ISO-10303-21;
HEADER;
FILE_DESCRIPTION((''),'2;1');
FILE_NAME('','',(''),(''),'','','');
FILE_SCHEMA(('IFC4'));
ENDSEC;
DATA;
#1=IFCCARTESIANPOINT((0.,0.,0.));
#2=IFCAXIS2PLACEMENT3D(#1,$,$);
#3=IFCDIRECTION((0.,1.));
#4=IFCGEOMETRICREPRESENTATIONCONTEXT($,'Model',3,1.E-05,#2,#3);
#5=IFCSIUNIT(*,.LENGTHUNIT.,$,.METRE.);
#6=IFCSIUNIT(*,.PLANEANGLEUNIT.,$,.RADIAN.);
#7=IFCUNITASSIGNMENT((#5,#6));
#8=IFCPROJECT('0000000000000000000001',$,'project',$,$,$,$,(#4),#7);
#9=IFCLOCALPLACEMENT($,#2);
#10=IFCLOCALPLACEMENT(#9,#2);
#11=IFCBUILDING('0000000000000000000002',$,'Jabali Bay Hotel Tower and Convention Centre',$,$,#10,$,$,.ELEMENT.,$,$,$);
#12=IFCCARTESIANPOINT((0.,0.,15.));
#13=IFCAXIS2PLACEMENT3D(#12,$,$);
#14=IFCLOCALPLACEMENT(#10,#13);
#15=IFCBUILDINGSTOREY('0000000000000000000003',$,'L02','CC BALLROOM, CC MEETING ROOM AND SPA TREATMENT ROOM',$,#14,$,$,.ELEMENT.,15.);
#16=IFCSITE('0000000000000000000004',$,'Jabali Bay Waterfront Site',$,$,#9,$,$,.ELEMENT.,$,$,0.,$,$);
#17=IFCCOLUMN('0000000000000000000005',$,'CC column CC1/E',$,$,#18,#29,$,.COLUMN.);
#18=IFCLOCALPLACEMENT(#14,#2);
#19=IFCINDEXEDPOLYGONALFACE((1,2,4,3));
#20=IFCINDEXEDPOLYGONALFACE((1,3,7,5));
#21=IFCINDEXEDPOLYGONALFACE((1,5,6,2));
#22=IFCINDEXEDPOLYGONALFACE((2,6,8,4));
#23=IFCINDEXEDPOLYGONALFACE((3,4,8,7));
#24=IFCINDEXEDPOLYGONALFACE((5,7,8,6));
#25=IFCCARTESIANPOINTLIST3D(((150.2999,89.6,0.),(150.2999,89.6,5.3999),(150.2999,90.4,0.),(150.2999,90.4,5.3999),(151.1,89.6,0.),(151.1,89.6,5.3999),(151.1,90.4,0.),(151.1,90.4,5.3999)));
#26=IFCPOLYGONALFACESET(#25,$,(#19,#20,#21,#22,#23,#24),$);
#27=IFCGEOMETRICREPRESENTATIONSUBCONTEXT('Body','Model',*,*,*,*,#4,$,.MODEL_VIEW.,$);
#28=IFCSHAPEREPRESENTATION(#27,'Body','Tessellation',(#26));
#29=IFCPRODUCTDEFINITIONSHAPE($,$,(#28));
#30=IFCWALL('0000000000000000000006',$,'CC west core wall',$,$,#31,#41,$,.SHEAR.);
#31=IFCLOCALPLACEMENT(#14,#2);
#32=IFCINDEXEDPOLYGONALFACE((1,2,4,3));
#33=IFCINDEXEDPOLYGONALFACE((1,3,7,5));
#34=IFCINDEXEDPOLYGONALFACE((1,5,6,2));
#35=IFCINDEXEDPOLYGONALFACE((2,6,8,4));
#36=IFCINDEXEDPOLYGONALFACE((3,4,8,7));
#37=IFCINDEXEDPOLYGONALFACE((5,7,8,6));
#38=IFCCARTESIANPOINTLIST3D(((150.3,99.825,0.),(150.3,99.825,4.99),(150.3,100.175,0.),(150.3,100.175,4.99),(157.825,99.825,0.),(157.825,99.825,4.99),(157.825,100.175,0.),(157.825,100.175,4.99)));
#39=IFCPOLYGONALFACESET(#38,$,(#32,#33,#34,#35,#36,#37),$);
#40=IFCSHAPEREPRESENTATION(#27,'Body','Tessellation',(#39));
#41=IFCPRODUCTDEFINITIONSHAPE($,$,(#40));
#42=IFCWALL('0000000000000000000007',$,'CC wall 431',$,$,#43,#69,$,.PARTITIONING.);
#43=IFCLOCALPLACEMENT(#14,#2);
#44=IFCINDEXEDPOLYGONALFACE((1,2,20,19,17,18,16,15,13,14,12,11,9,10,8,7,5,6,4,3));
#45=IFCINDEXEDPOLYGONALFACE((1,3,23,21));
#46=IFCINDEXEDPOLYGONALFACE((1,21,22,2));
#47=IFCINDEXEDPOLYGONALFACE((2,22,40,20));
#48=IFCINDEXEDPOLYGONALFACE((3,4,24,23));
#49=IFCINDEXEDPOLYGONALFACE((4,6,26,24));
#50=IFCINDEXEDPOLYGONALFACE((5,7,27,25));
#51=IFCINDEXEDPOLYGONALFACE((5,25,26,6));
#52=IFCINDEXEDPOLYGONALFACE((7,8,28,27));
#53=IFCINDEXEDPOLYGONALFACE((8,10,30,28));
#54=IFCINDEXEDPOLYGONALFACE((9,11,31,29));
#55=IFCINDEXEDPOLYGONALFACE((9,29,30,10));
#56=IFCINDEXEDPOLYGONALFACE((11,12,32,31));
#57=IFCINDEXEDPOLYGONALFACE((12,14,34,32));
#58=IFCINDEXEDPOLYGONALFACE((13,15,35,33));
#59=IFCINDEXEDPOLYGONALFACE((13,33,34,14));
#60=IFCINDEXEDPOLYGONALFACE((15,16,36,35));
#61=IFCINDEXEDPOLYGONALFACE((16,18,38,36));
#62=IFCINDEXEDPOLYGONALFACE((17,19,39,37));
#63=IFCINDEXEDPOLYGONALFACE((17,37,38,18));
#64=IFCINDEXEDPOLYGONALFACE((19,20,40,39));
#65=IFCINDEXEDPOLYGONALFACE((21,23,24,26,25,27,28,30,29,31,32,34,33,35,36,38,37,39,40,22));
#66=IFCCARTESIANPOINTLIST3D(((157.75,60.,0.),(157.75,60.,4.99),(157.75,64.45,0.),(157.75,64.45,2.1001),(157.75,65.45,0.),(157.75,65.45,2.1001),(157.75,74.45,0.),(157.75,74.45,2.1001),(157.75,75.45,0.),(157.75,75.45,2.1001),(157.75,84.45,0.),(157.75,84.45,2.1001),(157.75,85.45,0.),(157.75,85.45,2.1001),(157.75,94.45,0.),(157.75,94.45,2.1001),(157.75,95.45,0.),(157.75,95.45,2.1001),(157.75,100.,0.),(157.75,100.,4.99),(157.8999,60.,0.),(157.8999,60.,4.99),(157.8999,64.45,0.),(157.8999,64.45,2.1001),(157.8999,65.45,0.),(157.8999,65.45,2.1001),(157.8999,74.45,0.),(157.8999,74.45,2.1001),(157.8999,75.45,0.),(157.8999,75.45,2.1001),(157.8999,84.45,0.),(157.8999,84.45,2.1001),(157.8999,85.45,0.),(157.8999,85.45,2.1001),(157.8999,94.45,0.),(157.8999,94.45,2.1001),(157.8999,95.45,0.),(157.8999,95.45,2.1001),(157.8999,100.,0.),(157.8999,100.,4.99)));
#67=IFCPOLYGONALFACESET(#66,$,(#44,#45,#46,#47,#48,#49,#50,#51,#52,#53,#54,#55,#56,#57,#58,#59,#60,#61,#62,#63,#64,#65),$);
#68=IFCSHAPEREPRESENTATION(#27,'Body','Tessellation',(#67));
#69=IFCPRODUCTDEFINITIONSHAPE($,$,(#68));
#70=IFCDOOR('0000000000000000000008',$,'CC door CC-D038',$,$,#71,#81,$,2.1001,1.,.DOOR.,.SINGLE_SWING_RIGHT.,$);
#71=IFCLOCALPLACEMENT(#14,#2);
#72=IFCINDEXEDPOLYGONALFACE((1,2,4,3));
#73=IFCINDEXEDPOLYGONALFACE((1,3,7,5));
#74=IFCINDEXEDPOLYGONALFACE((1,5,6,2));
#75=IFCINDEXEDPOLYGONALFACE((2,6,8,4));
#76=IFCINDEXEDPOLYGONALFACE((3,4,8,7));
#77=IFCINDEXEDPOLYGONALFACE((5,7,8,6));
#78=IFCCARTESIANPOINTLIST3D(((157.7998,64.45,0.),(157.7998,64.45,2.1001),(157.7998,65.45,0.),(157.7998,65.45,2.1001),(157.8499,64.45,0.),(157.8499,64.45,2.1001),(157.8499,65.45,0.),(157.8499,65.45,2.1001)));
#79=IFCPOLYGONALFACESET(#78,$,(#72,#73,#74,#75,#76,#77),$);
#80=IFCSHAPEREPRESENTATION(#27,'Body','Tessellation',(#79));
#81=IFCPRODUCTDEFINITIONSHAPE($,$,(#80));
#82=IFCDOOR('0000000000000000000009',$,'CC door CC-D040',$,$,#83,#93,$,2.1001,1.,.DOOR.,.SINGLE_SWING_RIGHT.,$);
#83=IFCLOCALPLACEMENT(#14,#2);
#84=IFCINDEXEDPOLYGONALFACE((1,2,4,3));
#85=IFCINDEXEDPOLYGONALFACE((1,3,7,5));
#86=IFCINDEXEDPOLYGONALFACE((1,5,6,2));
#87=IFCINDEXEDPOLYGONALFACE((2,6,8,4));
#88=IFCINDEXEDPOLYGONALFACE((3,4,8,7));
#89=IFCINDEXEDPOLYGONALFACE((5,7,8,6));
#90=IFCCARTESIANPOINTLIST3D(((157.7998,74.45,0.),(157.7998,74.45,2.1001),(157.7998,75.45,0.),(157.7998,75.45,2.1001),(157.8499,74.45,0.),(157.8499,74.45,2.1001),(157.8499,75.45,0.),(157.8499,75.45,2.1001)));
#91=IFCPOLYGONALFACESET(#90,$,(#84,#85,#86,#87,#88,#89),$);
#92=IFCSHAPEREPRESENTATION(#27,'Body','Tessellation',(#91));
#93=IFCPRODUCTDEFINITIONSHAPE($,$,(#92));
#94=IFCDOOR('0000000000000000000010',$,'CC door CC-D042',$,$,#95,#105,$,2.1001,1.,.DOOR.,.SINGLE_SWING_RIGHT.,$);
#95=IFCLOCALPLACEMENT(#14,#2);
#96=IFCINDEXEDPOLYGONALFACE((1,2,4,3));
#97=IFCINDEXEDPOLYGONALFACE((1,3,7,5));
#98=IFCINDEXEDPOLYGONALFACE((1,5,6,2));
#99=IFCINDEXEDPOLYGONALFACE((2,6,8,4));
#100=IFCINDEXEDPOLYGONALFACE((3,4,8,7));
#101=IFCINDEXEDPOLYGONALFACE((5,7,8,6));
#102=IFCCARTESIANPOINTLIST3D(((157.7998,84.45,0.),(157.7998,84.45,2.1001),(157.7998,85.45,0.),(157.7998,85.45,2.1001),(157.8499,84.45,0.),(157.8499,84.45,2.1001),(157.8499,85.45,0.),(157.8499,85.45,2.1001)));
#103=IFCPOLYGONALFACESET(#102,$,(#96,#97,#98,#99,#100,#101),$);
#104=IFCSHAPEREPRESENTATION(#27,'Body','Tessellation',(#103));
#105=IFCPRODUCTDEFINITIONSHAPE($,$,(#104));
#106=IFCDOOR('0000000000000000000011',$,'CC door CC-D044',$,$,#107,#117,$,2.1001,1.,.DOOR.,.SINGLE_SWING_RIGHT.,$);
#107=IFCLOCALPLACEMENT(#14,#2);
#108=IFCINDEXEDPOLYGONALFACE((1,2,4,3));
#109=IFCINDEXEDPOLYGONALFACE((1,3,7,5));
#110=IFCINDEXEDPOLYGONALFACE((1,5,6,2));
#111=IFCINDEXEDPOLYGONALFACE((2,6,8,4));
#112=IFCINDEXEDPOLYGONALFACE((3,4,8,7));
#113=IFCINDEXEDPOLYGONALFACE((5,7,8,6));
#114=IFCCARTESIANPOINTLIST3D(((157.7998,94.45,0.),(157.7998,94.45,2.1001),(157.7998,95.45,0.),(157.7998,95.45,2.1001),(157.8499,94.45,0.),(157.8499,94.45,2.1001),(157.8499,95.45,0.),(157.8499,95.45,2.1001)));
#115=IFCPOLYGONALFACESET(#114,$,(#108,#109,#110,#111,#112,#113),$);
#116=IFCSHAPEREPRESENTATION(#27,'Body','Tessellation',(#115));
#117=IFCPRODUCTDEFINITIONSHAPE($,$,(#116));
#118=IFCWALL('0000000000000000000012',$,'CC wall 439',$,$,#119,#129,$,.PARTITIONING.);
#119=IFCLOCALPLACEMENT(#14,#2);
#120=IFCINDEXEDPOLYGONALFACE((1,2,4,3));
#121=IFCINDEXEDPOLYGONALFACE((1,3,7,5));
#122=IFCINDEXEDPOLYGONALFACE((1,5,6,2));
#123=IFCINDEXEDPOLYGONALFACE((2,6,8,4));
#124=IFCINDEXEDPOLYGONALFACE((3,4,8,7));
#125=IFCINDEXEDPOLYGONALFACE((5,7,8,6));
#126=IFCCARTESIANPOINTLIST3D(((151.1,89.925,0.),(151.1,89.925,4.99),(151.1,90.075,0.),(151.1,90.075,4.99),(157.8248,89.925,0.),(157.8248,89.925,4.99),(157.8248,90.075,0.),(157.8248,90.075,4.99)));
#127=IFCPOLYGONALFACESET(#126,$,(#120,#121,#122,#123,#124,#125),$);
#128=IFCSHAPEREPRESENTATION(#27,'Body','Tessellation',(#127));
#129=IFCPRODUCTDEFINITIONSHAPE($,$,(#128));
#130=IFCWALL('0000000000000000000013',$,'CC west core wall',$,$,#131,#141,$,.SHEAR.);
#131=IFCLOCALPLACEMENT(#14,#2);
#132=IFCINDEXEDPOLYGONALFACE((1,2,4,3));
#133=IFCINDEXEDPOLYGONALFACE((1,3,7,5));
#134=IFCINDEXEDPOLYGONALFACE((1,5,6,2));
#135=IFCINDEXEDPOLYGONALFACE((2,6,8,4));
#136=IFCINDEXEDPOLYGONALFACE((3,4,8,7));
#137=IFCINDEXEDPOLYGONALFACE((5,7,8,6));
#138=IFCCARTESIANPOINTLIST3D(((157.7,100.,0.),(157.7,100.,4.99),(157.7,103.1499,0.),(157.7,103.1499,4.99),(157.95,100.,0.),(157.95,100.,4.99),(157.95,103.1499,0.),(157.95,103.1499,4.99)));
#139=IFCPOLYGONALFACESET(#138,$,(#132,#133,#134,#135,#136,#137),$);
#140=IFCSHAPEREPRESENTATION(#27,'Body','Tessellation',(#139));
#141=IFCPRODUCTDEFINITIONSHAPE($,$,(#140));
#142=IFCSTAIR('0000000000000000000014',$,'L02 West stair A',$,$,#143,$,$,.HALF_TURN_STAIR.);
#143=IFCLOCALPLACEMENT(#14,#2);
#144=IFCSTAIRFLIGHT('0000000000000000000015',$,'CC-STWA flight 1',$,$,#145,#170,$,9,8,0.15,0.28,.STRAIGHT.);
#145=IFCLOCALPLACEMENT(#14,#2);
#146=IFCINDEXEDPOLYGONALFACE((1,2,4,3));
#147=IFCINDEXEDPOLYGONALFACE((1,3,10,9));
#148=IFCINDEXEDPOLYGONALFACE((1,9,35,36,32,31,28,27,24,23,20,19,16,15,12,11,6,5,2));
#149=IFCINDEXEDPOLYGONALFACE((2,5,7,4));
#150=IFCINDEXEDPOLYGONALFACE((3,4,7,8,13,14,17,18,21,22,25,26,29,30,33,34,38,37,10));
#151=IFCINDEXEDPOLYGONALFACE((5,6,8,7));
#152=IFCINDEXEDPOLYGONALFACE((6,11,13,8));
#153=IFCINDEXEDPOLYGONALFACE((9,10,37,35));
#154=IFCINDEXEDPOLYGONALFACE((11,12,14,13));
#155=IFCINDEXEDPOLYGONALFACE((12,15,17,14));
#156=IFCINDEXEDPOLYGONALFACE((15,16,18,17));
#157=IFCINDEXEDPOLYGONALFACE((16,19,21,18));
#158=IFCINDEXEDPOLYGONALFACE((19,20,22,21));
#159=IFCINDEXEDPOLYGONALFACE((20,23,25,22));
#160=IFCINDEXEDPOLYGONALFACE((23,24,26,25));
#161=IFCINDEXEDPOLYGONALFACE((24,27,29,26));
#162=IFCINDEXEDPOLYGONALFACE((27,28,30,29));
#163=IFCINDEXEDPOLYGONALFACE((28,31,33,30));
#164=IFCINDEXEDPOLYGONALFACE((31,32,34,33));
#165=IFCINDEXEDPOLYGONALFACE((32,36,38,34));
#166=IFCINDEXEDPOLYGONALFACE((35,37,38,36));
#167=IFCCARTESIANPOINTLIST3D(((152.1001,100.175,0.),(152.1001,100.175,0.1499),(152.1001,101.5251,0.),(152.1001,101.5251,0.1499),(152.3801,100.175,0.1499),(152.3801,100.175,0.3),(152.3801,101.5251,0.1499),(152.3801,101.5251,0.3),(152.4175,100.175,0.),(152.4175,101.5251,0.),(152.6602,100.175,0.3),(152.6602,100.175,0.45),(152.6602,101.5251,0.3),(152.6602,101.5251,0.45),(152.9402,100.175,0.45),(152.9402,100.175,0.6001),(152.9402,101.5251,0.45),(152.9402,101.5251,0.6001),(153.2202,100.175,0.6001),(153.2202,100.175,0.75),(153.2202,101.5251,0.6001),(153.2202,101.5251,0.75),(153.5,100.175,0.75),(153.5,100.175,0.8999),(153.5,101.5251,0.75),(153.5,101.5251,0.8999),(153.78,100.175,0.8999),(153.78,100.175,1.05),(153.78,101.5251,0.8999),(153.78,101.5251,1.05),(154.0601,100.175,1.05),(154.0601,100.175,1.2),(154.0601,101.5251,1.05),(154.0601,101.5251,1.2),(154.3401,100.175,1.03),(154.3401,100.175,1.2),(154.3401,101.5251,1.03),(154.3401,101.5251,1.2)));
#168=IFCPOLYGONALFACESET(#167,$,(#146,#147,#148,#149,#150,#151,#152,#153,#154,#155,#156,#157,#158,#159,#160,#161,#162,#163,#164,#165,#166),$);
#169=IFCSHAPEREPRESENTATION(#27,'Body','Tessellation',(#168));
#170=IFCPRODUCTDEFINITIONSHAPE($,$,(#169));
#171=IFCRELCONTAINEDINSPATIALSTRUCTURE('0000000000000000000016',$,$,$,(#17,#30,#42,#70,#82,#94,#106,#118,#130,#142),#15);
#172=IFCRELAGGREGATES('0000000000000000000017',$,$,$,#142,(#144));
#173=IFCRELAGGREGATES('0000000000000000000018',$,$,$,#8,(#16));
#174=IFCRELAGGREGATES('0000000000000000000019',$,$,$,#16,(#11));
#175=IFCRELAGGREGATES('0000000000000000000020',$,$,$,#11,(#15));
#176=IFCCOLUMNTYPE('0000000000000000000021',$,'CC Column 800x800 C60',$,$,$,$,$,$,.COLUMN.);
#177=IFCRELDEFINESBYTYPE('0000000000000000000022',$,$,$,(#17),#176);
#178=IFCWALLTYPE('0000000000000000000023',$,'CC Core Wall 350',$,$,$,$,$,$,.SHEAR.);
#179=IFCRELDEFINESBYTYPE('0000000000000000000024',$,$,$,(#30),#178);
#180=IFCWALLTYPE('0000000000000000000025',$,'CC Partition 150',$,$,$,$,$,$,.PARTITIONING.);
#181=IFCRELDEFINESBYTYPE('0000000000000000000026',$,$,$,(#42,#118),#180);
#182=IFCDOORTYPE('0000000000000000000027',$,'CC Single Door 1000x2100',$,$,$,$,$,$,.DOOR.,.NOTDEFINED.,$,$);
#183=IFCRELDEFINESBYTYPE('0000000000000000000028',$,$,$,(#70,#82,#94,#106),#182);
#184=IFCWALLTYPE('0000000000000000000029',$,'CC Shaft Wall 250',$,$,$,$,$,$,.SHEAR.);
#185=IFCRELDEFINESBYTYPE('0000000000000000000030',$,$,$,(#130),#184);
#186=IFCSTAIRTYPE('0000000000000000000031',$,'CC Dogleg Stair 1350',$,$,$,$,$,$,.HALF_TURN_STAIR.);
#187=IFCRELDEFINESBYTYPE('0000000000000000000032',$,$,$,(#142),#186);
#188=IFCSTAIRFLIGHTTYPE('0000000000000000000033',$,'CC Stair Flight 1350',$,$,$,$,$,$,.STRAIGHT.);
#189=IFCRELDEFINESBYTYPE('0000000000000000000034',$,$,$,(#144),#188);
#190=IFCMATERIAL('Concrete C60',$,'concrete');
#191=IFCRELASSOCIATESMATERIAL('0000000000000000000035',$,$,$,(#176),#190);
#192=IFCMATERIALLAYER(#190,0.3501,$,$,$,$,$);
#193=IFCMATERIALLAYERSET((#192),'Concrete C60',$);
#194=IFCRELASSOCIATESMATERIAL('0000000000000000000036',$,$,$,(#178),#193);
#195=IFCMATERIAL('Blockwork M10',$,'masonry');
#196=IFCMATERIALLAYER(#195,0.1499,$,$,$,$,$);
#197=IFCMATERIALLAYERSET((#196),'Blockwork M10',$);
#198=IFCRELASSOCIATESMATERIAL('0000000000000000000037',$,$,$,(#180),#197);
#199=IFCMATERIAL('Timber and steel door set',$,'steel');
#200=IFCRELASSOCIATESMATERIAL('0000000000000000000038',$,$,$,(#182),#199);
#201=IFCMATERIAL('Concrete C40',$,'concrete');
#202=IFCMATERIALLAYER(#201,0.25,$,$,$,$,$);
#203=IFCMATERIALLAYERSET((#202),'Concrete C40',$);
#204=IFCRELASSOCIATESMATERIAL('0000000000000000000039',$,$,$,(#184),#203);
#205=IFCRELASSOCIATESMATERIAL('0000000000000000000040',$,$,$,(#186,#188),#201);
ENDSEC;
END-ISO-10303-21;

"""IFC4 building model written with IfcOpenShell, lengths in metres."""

from ifc_helpers import new_model, si_unit, direction, frame, frame_2d, origin, origin_2d, place, context, subcontext, project, spatial, polyline, rectangle, outline, extrude, material, layer, layer_set, material_profile, profile_set, type_object, element, fill, aggregate, save


model = new_model("IFC4")

# Units and contexts
model_context = context("Model", 3, precision=1e-05, world=origin(), true_north=direction((0.0, 1.0)))
body_context = subcontext(model_context, "Body", "Model", "MODEL_VIEW")
ifc_project = project(units=[si_unit("LENGTHUNIT", "METRE"), si_unit("PLANEANGLEUNIT", "RADIAN")], contexts=[model_context])

# Site, building, storey
site_placement = place(None, origin())
site = spatial("IfcSite", under=ifc_project, at=site_placement, Name="Jabali Bay Waterfront Site", CompositionType="ELEMENT", RefElevation=0.0)
building_placement = place(site_placement, origin())
building = spatial("IfcBuilding", under=site, at=building_placement, Name="Jabali Bay Hotel Tower and Convention Centre", CompositionType="ELEMENT")
storey_placement = place(building_placement, frame((0.0, 0.0, 15.0)))
storey = spatial("IfcBuildingStorey", under=building, at=storey_placement, Name="L02", Description="CC BALLROOM, CC MEETING ROOM AND SPA TREATMENT ROOM", CompositionType="ELEMENT", Elevation=15.0)

# Column
ifc_material_1 = material(Name="Concrete C60", Category="concrete")
ifc_material_profile = material_profile(ifc_material_1, rectangle(XDim=0.8, YDim=0.8, at=origin_2d()), Name="RC 800x800")
ifc_profile_set = profile_set([ifc_material_profile], Name="Concrete C60")
column_type = type_object("IfcColumnType", Name="CC Column 800x800 C60", PredefinedType="COLUMN", material=ifc_profile_set)
column_placement = place(storey_placement, frame((150.7, 90.0, 0.0), z_axis=(0.0, 0.0, 1.0), x_axis=(1.0, 0.0, 0.0)))
element("IfcColumn", 1, at=column_placement, inside=storey, type_object=column_type, Name="CC column CC1/E", PredefinedType="COLUMN", context=body_context, shape_type="SweptSolid", body=[
    extrude(rectangle(XDim=0.8, YDim=0.8, at=origin_2d()), origin(), (0.0, 0.0, 1.0), 5.3999),
])

# Wall
ifc_layer_1 = layer(ifc_material_1, 0.3501)
ifc_layer_set_1 = layer_set([ifc_layer_1], Name="Concrete C60")
wall_type_1 = type_object("IfcWallType", Name="CC Core Wall 350", PredefinedType="SHEAR", material=ifc_layer_set_1)
wall_1_placement = place(storey_placement, frame((150.3, 100.0, 0.0), z_axis=(0.0, 0.0, 1.0), x_axis=(1.0, 0.0, 0.0)))
element("IfcWall", 2, at=wall_1_placement, inside=storey, type_object=wall_type_1, Name="CC west core wall", PredefinedType="SHEAR", context=body_context, shape_type="SweptSolid", body=[
    extrude(rectangle(XDim=7.5249, YDim=0.3501, at=frame_2d((3.7625, 0.0))), origin(), (0.0, 0.0, 1.0), 4.99),
])

# Wall, openings, doors
ifc_material_2 = material(Name="Blockwork M10", Category="masonry")
ifc_layer_2 = layer(ifc_material_2, 0.1499)
ifc_layer_set_2 = layer_set([ifc_layer_2], Name="Blockwork M10")
wall_type_2 = type_object("IfcWallType", Name="CC Partition 150", PredefinedType="PARTITIONING", material=ifc_layer_set_2)
wall_2_placement = place(storey_placement, frame((157.825, 100.0, 0.0), z_axis=(0.0, 0.0, 1.0), x_axis=(0.0, -1.0, 0.0)))
wall_2 = element("IfcWall", 3, at=wall_2_placement, inside=storey, type_object=wall_type_2, Name="CC wall 431", PredefinedType="PARTITIONING", context=body_context, shape_type="SweptSolid", body=[
    extrude(rectangle(XDim=40.0, YDim=0.1499, at=frame_2d((20.0, 0.0))), origin(), (0.0, 0.0, 1.0), 4.99),
])
opening_1_placement = place(wall_2_placement, frame((34.55, 0.0, 0.0)))
opening_1 = element("IfcOpeningElement", 4, at=opening_1_placement, cuts=wall_2, PredefinedType="OPENING", context=body_context, shape_type="SweptSolid", body=[
    extrude(rectangle(XDim=1.0, YDim=2.1001, at=frame_2d((0.5, 1.05))), frame((0.0, 0.0854, 0.0), z_axis=(0.0, -1.0, 0.0), x_axis=(1.0, 0.0, 0.0)), (0.0, 0.0, 1.0), 0.1709),
])
opening_2_placement = place(wall_2_placement, frame((24.55, 0.0, 0.0)))
opening_2 = element("IfcOpeningElement", 5, at=opening_2_placement, cuts=wall_2, PredefinedType="OPENING", context=body_context, shape_type="SweptSolid", body=[
    extrude(rectangle(XDim=1.0, YDim=2.1001, at=frame_2d((0.5, 1.05))), frame((0.0, 0.0854, 0.0), z_axis=(0.0, -1.0, 0.0), x_axis=(1.0, 0.0, 0.0)), (0.0, 0.0, 1.0), 0.1709),
])
opening_3_placement = place(wall_2_placement, frame((14.55, 0.0, 0.0)))
opening_3 = element("IfcOpeningElement", 6, at=opening_3_placement, cuts=wall_2, PredefinedType="OPENING", context=body_context, shape_type="SweptSolid", body=[
    extrude(rectangle(XDim=1.0, YDim=2.1001, at=frame_2d((0.5, 1.05))), frame((0.0, 0.0854, 0.0), z_axis=(0.0, -1.0, 0.0), x_axis=(1.0, 0.0, 0.0)), (0.0, 0.0, 1.0), 0.1709),
])
opening_4_placement = place(wall_2_placement, frame((4.55, 0.0, 0.0)))
opening_4 = element("IfcOpeningElement", 7, at=opening_4_placement, cuts=wall_2, PredefinedType="OPENING", context=body_context, shape_type="SweptSolid", body=[
    extrude(rectangle(XDim=1.0, YDim=2.1001, at=frame_2d((0.5, 1.05))), frame((0.0, 0.0854, 0.0), z_axis=(0.0, -1.0, 0.0), x_axis=(1.0, 0.0, 0.0)), (0.0, 0.0, 1.0), 0.1709),
])
ifc_material_3 = material(Name="Timber and steel door set", Category="steel")
door_type = type_object("IfcDoorType", Name="CC Single Door 1000x2100", OperationType="NOTDEFINED", PredefinedType="DOOR", material=ifc_material_3)
door_1_placement = place(opening_1_placement, origin())
door_1 = element("IfcDoor", 8, at=door_1_placement, inside=storey, type_object=door_type, Name="CC door CC-D038", OperationType="SINGLE_SWING_RIGHT", OverallHeight=2.1001, OverallWidth=1.0, PredefinedType="DOOR", context=body_context, shape_type="SweptSolid", body=[
    extrude(rectangle(XDim=1.0, YDim=2.1001, at=frame_2d((0.5, 1.05))), frame((0.0, 0.0249, 0.0), z_axis=(0.0, -1.0, 0.0), x_axis=(1.0, 0.0, 0.0)), (0.0, 0.0, 1.0), 0.05),
])
fill(opening_1, door_1)
door_2_placement = place(opening_2_placement, origin())
door_2 = element("IfcDoor", 9, at=door_2_placement, inside=storey, type_object=door_type, Name="CC door CC-D040", OperationType="SINGLE_SWING_RIGHT", OverallHeight=2.1001, OverallWidth=1.0, PredefinedType="DOOR", context=body_context, shape_type="SweptSolid", body=[
    extrude(rectangle(XDim=1.0, YDim=2.1001, at=frame_2d((0.5, 1.05))), frame((0.0, 0.0249, 0.0), z_axis=(0.0, -1.0, 0.0), x_axis=(1.0, 0.0, 0.0)), (0.0, 0.0, 1.0), 0.05),
])
fill(opening_2, door_2)
door_3_placement = place(opening_3_placement, origin())
door_3 = element("IfcDoor", 10, at=door_3_placement, inside=storey, type_object=door_type, Name="CC door CC-D042", OperationType="SINGLE_SWING_RIGHT", OverallHeight=2.1001, OverallWidth=1.0, PredefinedType="DOOR", context=body_context, shape_type="SweptSolid", body=[
    extrude(rectangle(XDim=1.0, YDim=2.1001, at=frame_2d((0.5, 1.05))), frame((0.0, 0.0249, 0.0), z_axis=(0.0, -1.0, 0.0), x_axis=(1.0, 0.0, 0.0)), (0.0, 0.0, 1.0), 0.05),
])
fill(opening_3, door_3)
door_4_placement = place(opening_4_placement, origin())
door_4 = element("IfcDoor", 11, at=door_4_placement, inside=storey, type_object=door_type, Name="CC door CC-D044", OperationType="SINGLE_SWING_RIGHT", OverallHeight=2.1001, OverallWidth=1.0, PredefinedType="DOOR", context=body_context, shape_type="SweptSolid", body=[
    extrude(rectangle(XDim=1.0, YDim=2.1001, at=frame_2d((0.5, 1.05))), frame((0.0, 0.0249, 0.0), z_axis=(0.0, -1.0, 0.0), x_axis=(1.0, 0.0, 0.0)), (0.0, 0.0, 1.0), 0.05),
])
fill(opening_4, door_4)

# Walls
wall_3_placement = place(storey_placement, frame((151.1001, 90.0, 0.0), z_axis=(0.0, 0.0, 1.0), x_axis=(1.0, 0.0, 0.0)))
element("IfcWall", 12, at=wall_3_placement, inside=storey, type_object=wall_type_2, Name="CC wall 439", PredefinedType="PARTITIONING", context=body_context, shape_type="SweptSolid", body=[
    extrude(rectangle(XDim=6.7249, YDim=0.1499, at=frame_2d((3.3623, 0.0))), origin(), (0.0, 0.0, 1.0), 4.99),
])
ifc_material_4 = material(Name="Concrete C40", Category="concrete")
ifc_layer_3 = layer(ifc_material_4, 0.25)
ifc_layer_set_3 = layer_set([ifc_layer_3], Name="Concrete C40")
wall_type_3 = type_object("IfcWallType", Name="CC Shaft Wall 250", PredefinedType="SHEAR", material=ifc_layer_set_3)
wall_4_placement = place(storey_placement, frame((157.825, 100.0, 0.0), z_axis=(0.0, 0.0, 1.0), x_axis=(0.0, 1.0, 0.0)))
element("IfcWall", 13, at=wall_4_placement, inside=storey, type_object=wall_type_3, Name="CC west core wall", PredefinedType="SHEAR", context=body_context, shape_type="SweptSolid", body=[
    extrude(rectangle(XDim=3.1499, YDim=0.25, at=frame_2d((1.575, 0.0))), origin(), (0.0, 0.0, 1.0), 4.99),
])

# Stair, stair flight
stair_type = type_object("IfcStairType", Name="CC Dogleg Stair 1350", PredefinedType="HALF_TURN_STAIR", material=ifc_material_4)
stair_placement = place(storey_placement, origin())
stair = element("IfcStair", 14, at=stair_placement, inside=storey, type_object=stair_type, Name="L02 West stair A", PredefinedType="HALF_TURN_STAIR")
stair_flight_type = type_object("IfcStairFlightType", Name="CC Stair Flight 1350", PredefinedType="STRAIGHT", material=ifc_material_4)
stair_flight_1_placement = place(storey_placement, frame((152.1001, 100.8501, 0.0), z_axis=(0.0, 0.0, 1.0), x_axis=(1.0, 0.0, 0.0)))
stair_flight_1 = element("IfcStairFlight", 15, at=stair_flight_1_placement, type_object=stair_flight_type, Name="CC-STWA flight 1", NumberOfRisers=9, NumberOfTreads=8, PredefinedType="STRAIGHT", RiserHeight=0.15, TreadLength=0.28, context=body_context, shape_type="SweptSolid", body=[
    extrude(outline(polyline([(0.0, 0.0), (0.0, 0.1499), (0.28, 0.1499), (0.28, 0.3), (0.5601, 0.3), (0.5601, 0.45), (0.8401, 0.45), (0.8401, 0.6001), (1.1201, 0.6001), (1.1201, 0.75), (1.3999, 0.75), (1.3999, 0.8999), (1.6799, 0.8999), (1.6799, 1.05), (1.96, 1.05), (1.96, 1.2), (2.24, 1.2), (2.24, 1.3501), (2.24, 1.03), (0.3174, 0.0), (0.0, 0.0)])), frame((0.0, 0.675, 0.0), z_axis=(0.0, -1.0, 0.0), x_axis=(1.0, 0.0, 0.0)), (0.0, 0.0, 1.0), 1.3501),
])
aggregate(stair, [stair_flight_1])

save(model, "model.ifc")
